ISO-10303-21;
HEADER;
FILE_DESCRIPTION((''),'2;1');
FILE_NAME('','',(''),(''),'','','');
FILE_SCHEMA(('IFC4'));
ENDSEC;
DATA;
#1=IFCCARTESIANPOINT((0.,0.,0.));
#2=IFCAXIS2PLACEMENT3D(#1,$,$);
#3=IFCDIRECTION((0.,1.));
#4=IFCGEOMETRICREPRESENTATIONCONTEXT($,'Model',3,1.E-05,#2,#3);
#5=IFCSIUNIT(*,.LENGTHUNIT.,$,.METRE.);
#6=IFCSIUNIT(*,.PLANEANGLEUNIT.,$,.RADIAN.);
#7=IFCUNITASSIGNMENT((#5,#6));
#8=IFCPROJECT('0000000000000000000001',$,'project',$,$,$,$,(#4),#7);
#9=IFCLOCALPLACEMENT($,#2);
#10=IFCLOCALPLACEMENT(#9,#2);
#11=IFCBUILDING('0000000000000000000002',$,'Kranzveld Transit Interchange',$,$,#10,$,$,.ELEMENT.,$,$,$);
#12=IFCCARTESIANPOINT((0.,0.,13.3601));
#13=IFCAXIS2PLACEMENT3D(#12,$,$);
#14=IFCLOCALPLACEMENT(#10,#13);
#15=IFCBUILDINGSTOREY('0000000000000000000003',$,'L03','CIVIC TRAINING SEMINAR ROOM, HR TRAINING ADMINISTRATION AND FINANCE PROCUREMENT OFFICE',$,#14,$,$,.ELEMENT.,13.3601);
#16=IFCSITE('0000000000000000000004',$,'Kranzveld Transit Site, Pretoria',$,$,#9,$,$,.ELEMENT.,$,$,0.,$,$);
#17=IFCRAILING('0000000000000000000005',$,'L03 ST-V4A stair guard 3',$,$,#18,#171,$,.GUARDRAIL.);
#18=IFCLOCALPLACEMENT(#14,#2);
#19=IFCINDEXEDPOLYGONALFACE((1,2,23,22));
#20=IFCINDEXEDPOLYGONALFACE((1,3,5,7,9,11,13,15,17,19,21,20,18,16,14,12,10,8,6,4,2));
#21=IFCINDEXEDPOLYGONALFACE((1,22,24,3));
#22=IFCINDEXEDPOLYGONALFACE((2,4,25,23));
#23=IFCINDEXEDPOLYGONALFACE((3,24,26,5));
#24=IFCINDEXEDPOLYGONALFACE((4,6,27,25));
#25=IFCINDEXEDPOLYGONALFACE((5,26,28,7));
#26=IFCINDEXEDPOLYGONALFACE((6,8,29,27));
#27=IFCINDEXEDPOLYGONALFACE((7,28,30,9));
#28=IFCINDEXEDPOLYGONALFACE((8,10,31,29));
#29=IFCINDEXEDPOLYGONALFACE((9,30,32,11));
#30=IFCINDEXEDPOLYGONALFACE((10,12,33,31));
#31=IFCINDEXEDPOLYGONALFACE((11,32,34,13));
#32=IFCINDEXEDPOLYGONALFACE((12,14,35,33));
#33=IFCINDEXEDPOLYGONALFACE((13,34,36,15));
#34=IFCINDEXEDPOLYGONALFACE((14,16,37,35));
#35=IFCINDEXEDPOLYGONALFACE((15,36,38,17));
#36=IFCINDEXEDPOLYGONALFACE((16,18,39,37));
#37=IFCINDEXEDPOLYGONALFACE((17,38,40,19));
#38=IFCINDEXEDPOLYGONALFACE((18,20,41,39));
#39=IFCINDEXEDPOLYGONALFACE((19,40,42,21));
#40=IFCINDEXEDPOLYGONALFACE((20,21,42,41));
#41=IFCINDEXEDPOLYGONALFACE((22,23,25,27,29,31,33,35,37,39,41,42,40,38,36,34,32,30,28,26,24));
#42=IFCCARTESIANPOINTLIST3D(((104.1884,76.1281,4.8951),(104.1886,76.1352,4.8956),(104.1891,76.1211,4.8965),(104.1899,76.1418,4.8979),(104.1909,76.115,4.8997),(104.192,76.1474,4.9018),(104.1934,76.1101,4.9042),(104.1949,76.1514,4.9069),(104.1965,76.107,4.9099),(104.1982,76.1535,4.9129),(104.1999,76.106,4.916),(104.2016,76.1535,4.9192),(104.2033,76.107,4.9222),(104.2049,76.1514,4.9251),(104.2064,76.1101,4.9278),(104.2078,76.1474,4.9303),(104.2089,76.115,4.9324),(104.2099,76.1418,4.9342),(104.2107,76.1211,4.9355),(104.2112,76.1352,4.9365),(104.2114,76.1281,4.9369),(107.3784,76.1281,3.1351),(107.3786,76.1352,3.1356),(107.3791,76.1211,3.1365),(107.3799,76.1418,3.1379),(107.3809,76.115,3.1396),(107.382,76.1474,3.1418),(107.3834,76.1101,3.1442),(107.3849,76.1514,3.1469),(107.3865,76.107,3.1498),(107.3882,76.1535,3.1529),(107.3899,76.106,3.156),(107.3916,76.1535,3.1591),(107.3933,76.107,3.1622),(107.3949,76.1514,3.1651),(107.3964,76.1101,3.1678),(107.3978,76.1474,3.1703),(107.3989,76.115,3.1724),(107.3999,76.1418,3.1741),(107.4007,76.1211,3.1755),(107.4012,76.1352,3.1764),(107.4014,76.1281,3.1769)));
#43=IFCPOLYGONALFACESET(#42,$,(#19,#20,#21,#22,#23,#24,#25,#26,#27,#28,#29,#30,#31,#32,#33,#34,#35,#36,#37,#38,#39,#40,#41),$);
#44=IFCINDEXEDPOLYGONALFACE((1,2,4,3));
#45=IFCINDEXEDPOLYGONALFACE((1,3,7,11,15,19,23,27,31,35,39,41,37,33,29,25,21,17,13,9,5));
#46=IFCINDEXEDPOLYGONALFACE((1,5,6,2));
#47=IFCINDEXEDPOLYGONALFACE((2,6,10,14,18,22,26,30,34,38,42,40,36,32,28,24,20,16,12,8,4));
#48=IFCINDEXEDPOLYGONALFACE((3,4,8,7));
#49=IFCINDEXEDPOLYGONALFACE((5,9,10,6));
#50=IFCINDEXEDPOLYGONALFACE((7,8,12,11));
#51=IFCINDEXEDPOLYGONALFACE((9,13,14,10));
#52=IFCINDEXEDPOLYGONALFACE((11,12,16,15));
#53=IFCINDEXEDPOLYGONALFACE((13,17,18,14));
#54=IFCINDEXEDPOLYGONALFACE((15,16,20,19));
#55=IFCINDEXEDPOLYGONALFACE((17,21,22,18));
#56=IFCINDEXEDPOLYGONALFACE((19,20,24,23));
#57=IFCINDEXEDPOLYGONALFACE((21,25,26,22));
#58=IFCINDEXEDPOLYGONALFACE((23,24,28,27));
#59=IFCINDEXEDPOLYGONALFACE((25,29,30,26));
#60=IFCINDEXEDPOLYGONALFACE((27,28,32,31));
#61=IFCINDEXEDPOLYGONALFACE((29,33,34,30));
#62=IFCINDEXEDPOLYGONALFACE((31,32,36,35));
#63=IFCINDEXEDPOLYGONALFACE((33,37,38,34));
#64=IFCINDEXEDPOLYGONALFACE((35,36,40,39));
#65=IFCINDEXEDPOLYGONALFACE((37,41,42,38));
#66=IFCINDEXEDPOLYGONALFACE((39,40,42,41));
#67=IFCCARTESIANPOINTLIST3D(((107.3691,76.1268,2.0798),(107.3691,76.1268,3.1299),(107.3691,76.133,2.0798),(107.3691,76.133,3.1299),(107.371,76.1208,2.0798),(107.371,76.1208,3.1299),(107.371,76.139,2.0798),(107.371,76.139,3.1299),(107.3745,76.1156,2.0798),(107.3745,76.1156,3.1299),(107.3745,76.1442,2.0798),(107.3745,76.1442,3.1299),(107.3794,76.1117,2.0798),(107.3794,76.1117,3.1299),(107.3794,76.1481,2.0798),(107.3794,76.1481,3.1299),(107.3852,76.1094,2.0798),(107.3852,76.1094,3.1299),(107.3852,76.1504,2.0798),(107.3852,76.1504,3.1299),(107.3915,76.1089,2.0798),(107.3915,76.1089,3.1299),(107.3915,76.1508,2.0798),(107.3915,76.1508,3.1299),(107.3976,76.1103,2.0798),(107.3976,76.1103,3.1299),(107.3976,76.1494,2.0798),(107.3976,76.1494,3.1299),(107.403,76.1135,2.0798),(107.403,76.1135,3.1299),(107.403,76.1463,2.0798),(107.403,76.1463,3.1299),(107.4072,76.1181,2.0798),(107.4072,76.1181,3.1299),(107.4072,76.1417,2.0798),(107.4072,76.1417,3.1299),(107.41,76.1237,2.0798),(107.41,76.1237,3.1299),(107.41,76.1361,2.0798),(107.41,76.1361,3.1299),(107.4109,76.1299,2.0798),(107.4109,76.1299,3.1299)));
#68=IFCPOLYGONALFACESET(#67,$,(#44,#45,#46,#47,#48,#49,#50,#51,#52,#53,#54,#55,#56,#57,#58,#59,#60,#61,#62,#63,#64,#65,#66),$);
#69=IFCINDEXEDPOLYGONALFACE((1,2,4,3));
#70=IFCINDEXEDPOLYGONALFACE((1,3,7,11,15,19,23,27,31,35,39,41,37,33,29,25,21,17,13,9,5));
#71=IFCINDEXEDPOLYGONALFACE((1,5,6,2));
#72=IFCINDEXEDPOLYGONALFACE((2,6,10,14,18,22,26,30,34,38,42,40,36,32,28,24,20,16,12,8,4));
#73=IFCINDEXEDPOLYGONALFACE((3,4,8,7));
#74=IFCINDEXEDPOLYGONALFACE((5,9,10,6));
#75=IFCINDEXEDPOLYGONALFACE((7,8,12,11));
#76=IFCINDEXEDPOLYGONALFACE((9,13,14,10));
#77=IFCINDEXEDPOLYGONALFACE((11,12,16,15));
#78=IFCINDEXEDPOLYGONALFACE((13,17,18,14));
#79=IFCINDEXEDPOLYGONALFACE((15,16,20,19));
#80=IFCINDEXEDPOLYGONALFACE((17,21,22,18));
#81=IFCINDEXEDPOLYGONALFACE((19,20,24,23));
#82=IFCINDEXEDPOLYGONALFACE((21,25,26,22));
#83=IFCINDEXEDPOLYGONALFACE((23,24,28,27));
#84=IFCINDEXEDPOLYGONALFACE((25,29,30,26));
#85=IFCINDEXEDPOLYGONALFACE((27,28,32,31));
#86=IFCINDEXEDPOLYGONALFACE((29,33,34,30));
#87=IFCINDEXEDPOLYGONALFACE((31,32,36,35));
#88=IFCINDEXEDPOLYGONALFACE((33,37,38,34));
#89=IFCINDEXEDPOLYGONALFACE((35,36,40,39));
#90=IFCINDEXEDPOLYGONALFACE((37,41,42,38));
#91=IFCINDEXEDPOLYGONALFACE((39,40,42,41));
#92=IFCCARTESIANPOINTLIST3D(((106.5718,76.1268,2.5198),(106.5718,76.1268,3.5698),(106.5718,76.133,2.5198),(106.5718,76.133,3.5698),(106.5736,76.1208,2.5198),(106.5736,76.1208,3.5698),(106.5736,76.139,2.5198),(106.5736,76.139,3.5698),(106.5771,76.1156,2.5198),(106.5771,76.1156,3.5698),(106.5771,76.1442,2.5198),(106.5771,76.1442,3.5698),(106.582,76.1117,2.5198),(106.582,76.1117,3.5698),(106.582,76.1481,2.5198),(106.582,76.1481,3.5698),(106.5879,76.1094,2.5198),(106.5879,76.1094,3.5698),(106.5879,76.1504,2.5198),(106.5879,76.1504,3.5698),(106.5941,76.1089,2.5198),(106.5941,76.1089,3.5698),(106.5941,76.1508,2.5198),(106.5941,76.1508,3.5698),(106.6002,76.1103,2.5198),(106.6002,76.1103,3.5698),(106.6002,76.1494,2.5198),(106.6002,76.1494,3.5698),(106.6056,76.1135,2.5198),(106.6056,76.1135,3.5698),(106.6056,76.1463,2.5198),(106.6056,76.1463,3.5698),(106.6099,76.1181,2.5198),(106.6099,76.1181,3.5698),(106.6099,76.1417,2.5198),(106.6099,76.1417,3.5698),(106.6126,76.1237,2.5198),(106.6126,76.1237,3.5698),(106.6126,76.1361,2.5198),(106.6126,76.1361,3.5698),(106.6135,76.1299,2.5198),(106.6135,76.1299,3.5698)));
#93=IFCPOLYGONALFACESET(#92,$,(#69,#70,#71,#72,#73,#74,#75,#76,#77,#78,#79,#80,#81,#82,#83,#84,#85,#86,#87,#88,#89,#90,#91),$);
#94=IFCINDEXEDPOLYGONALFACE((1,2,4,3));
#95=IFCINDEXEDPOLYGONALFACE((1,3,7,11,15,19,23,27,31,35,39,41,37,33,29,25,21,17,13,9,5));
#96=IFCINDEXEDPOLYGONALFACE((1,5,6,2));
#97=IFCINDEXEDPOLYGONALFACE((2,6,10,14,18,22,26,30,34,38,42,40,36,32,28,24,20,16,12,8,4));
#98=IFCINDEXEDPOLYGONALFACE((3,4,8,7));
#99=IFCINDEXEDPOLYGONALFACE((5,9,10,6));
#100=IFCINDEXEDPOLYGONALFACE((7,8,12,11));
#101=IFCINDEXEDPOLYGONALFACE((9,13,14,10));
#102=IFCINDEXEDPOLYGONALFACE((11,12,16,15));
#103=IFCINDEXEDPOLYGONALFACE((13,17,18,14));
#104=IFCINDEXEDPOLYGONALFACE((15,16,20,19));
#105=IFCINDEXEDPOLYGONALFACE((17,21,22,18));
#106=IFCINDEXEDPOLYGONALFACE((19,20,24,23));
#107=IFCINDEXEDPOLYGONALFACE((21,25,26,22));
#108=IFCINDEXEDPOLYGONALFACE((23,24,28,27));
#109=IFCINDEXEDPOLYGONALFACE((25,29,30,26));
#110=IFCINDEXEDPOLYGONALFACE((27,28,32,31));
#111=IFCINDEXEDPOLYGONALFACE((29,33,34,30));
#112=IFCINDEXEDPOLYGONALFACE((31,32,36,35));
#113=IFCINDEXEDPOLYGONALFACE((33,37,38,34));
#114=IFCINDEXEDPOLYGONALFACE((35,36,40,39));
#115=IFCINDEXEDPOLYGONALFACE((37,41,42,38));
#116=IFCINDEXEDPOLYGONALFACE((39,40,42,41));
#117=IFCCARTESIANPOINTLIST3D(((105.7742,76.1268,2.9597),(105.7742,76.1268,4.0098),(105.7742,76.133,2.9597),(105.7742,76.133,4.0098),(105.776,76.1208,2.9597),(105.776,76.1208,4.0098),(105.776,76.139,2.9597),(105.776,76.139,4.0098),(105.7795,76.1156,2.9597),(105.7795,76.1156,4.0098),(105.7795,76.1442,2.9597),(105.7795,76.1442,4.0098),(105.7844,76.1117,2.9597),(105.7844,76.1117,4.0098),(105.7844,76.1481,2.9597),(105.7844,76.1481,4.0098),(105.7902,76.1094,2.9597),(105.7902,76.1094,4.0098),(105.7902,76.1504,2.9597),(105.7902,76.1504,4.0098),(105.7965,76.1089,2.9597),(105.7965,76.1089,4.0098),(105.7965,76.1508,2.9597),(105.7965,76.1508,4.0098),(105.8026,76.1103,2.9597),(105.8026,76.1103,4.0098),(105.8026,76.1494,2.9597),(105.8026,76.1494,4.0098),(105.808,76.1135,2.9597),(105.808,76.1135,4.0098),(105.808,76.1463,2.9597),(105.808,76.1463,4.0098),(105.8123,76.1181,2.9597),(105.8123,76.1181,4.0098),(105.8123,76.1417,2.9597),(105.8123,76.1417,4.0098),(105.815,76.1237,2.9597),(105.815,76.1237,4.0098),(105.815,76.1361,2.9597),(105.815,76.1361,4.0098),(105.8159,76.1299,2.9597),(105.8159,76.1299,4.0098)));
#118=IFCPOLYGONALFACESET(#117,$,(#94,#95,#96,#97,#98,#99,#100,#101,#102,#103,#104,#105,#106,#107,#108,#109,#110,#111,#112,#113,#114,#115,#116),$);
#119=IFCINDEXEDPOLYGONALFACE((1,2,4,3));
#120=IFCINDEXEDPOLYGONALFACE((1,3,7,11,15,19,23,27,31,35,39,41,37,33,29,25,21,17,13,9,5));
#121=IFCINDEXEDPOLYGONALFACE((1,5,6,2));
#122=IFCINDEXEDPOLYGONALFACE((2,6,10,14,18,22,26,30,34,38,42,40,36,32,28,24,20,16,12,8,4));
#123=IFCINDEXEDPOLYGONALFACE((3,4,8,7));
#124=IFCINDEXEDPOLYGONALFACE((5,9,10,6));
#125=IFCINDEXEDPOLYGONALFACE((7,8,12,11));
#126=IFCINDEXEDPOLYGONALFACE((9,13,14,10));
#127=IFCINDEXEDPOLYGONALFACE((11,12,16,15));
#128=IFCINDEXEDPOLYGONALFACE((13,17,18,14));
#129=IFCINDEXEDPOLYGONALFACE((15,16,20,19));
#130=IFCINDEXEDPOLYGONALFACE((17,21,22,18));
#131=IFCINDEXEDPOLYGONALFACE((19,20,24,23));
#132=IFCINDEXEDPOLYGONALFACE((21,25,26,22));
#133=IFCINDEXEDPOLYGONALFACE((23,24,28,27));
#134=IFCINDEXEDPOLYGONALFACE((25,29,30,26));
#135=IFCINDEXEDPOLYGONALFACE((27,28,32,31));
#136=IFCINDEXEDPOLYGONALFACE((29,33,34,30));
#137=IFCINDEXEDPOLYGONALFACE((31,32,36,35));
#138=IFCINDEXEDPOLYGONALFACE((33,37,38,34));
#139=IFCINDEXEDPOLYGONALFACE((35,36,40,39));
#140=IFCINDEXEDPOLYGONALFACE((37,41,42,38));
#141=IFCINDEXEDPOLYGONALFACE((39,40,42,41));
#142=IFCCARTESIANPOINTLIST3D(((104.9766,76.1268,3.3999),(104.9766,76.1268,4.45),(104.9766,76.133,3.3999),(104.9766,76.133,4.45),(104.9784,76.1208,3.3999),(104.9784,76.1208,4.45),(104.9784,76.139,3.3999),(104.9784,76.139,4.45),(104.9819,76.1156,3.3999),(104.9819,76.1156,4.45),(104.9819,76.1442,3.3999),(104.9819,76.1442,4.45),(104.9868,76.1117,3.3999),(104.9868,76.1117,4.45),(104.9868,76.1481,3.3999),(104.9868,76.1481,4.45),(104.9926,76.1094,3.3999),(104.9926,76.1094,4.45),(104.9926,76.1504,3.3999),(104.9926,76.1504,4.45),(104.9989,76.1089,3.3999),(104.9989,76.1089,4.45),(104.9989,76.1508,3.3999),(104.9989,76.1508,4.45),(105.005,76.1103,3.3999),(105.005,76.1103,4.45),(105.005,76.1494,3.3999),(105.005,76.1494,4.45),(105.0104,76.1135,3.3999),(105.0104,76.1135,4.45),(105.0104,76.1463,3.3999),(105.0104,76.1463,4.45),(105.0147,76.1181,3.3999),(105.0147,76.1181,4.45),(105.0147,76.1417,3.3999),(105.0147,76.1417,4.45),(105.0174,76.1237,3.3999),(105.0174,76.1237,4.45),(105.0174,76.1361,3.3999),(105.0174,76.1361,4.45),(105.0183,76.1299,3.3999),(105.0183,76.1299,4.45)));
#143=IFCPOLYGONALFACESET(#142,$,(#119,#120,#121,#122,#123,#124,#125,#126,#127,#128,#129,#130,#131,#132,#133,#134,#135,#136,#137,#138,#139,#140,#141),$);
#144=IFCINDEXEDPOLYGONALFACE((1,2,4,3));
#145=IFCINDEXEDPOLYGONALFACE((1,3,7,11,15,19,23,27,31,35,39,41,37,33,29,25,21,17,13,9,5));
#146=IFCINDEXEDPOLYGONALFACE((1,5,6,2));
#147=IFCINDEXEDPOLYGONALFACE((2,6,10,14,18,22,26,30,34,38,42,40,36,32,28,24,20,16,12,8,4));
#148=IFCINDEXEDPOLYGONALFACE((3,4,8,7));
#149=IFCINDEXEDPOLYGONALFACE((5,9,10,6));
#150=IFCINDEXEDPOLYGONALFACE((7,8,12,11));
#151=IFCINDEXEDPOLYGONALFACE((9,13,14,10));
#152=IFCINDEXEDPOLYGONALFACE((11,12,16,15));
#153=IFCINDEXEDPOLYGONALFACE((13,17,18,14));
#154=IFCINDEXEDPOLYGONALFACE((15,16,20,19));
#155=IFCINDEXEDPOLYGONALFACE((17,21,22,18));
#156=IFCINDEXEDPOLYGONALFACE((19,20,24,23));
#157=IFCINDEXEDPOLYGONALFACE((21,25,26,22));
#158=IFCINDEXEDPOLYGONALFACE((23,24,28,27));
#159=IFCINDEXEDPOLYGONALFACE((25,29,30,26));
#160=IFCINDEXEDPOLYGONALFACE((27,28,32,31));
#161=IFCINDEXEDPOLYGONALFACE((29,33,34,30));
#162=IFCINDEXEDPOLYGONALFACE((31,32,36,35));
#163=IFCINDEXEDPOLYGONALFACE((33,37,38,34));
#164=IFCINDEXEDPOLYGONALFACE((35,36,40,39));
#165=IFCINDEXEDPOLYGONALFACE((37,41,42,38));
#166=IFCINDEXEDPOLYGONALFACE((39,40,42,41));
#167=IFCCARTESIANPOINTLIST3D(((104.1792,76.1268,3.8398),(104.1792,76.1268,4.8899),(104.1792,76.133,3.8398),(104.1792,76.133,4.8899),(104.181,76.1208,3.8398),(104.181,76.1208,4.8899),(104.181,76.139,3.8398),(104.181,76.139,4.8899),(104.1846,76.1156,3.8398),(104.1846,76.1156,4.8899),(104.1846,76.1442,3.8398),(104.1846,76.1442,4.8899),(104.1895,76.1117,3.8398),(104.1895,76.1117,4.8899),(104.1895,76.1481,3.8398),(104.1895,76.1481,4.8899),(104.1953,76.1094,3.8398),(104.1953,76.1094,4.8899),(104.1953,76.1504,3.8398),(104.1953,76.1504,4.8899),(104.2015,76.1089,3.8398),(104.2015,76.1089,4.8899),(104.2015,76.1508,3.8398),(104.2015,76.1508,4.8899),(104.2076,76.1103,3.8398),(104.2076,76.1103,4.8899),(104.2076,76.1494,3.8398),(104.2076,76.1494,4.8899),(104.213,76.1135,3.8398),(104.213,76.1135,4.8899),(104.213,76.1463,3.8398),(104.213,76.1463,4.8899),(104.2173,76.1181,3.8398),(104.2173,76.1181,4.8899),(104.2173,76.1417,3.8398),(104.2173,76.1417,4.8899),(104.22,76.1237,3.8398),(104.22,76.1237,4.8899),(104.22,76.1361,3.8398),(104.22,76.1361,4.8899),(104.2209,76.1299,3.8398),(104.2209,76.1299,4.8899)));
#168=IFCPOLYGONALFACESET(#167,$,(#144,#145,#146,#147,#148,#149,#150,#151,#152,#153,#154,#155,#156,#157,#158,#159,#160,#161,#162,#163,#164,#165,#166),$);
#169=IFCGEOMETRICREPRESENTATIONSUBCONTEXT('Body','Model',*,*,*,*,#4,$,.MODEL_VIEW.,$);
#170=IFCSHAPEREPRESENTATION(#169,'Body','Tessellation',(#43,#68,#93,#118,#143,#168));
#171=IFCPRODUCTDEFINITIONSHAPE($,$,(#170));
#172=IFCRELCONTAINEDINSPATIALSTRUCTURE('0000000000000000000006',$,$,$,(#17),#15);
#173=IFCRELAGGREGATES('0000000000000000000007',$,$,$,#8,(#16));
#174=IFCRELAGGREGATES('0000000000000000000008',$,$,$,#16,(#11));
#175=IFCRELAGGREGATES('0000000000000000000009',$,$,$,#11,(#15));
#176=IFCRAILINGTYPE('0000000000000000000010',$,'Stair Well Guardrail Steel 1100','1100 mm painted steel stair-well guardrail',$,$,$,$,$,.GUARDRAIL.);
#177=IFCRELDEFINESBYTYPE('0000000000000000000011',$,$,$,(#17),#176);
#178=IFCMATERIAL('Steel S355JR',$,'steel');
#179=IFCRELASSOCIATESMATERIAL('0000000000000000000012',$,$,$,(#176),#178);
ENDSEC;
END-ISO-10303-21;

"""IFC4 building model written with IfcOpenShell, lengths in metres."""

from ifc_helpers import new_model, si_unit, direction, frame, origin, origin_2d, place, context, subcontext, project, spatial, circle, extrude, material, type_object, element, save


model = new_model("IFC4")

# Units and contexts
model_context = context("Model", 3, precision=1e-05, world=origin(), true_north=direction((0.0, 1.0)))
body_context = subcontext(model_context, "Body", "Model", "MODEL_VIEW")
ifc_project = project(units=[si_unit("LENGTHUNIT", "METRE"), si_unit("PLANEANGLEUNIT", "RADIAN")], contexts=[model_context])

# Site, building, storey
site_placement = place(None, origin())
site = spatial("IfcSite", under=ifc_project, at=site_placement, Name="Kranzveld Transit Site, Pretoria", CompositionType="ELEMENT", RefElevation=0.0)
building_placement = place(site_placement, origin())
building = spatial("IfcBuilding", under=site, at=building_placement, Name="Kranzveld Transit Interchange", CompositionType="ELEMENT")
storey_placement = place(building_placement, frame((0.0, 0.0, 13.3601)))
storey = spatial("IfcBuildingStorey", under=building, at=storey_placement, Name="L03", Description="CIVIC TRAINING SEMINAR ROOM, HR TRAINING ADMINISTRATION AND FINANCE PROCUREMENT OFFICE", CompositionType="ELEMENT", Elevation=13.3601)

# Railing
ifc_material_1 = material(Name="Steel S355JR", Category="steel")
railing_type_1 = type_object("IfcRailingType", Name="Stair Well Guardrail Steel 1100", Description="1100 mm painted steel stair-well guardrail", PredefinedType="GUARDRAIL", material=ifc_material_1)
railing_1_placement = place(storey_placement, frame((107.3899, 76.1299, 2.0798)))
element("IfcRailing", 1, at=railing_1_placement, inside=storey, type_object=railing_type_1, Name="L03 ST-V4A stair guard 3", PredefinedType="GUARDRAIL", context=body_context, shape_type="SweptSolid", body=[
    extrude(circle(Radius=0.0239, at=origin_2d()), frame((0.0, 0.0, 1.0762), z_axis=(-0.875573, 0.0, 0.483086), x_axis=(0.0, -1.0, 0.0)), (0.0, 0.0, 1.0), 3.6433),
    extrude(circle(Radius=0.021, at=origin_2d()), origin(), (0.0, 0.0, 1.0), 1.05),
    extrude(circle(Radius=0.021, at=origin_2d()), frame((-0.7974, 0.0, 0.4399)), (0.0, 0.0, 1.0), 1.05),
    extrude(circle(Radius=0.021, at=origin_2d()), frame((-1.595, 0.0, 0.8799)), (0.0, 0.0, 1.0), 1.05),
    extrude(circle(Radius=0.021, at=origin_2d()), frame((-2.3926, 0.0, 1.3201)), (0.0, 0.0, 1.0), 1.05),
    extrude(circle(Radius=0.021, at=origin_2d()), frame((-3.1899, 0.0, 1.76)), (0.0, 0.0, 1.0), 1.05),
])

save(model, "model.ifc")
